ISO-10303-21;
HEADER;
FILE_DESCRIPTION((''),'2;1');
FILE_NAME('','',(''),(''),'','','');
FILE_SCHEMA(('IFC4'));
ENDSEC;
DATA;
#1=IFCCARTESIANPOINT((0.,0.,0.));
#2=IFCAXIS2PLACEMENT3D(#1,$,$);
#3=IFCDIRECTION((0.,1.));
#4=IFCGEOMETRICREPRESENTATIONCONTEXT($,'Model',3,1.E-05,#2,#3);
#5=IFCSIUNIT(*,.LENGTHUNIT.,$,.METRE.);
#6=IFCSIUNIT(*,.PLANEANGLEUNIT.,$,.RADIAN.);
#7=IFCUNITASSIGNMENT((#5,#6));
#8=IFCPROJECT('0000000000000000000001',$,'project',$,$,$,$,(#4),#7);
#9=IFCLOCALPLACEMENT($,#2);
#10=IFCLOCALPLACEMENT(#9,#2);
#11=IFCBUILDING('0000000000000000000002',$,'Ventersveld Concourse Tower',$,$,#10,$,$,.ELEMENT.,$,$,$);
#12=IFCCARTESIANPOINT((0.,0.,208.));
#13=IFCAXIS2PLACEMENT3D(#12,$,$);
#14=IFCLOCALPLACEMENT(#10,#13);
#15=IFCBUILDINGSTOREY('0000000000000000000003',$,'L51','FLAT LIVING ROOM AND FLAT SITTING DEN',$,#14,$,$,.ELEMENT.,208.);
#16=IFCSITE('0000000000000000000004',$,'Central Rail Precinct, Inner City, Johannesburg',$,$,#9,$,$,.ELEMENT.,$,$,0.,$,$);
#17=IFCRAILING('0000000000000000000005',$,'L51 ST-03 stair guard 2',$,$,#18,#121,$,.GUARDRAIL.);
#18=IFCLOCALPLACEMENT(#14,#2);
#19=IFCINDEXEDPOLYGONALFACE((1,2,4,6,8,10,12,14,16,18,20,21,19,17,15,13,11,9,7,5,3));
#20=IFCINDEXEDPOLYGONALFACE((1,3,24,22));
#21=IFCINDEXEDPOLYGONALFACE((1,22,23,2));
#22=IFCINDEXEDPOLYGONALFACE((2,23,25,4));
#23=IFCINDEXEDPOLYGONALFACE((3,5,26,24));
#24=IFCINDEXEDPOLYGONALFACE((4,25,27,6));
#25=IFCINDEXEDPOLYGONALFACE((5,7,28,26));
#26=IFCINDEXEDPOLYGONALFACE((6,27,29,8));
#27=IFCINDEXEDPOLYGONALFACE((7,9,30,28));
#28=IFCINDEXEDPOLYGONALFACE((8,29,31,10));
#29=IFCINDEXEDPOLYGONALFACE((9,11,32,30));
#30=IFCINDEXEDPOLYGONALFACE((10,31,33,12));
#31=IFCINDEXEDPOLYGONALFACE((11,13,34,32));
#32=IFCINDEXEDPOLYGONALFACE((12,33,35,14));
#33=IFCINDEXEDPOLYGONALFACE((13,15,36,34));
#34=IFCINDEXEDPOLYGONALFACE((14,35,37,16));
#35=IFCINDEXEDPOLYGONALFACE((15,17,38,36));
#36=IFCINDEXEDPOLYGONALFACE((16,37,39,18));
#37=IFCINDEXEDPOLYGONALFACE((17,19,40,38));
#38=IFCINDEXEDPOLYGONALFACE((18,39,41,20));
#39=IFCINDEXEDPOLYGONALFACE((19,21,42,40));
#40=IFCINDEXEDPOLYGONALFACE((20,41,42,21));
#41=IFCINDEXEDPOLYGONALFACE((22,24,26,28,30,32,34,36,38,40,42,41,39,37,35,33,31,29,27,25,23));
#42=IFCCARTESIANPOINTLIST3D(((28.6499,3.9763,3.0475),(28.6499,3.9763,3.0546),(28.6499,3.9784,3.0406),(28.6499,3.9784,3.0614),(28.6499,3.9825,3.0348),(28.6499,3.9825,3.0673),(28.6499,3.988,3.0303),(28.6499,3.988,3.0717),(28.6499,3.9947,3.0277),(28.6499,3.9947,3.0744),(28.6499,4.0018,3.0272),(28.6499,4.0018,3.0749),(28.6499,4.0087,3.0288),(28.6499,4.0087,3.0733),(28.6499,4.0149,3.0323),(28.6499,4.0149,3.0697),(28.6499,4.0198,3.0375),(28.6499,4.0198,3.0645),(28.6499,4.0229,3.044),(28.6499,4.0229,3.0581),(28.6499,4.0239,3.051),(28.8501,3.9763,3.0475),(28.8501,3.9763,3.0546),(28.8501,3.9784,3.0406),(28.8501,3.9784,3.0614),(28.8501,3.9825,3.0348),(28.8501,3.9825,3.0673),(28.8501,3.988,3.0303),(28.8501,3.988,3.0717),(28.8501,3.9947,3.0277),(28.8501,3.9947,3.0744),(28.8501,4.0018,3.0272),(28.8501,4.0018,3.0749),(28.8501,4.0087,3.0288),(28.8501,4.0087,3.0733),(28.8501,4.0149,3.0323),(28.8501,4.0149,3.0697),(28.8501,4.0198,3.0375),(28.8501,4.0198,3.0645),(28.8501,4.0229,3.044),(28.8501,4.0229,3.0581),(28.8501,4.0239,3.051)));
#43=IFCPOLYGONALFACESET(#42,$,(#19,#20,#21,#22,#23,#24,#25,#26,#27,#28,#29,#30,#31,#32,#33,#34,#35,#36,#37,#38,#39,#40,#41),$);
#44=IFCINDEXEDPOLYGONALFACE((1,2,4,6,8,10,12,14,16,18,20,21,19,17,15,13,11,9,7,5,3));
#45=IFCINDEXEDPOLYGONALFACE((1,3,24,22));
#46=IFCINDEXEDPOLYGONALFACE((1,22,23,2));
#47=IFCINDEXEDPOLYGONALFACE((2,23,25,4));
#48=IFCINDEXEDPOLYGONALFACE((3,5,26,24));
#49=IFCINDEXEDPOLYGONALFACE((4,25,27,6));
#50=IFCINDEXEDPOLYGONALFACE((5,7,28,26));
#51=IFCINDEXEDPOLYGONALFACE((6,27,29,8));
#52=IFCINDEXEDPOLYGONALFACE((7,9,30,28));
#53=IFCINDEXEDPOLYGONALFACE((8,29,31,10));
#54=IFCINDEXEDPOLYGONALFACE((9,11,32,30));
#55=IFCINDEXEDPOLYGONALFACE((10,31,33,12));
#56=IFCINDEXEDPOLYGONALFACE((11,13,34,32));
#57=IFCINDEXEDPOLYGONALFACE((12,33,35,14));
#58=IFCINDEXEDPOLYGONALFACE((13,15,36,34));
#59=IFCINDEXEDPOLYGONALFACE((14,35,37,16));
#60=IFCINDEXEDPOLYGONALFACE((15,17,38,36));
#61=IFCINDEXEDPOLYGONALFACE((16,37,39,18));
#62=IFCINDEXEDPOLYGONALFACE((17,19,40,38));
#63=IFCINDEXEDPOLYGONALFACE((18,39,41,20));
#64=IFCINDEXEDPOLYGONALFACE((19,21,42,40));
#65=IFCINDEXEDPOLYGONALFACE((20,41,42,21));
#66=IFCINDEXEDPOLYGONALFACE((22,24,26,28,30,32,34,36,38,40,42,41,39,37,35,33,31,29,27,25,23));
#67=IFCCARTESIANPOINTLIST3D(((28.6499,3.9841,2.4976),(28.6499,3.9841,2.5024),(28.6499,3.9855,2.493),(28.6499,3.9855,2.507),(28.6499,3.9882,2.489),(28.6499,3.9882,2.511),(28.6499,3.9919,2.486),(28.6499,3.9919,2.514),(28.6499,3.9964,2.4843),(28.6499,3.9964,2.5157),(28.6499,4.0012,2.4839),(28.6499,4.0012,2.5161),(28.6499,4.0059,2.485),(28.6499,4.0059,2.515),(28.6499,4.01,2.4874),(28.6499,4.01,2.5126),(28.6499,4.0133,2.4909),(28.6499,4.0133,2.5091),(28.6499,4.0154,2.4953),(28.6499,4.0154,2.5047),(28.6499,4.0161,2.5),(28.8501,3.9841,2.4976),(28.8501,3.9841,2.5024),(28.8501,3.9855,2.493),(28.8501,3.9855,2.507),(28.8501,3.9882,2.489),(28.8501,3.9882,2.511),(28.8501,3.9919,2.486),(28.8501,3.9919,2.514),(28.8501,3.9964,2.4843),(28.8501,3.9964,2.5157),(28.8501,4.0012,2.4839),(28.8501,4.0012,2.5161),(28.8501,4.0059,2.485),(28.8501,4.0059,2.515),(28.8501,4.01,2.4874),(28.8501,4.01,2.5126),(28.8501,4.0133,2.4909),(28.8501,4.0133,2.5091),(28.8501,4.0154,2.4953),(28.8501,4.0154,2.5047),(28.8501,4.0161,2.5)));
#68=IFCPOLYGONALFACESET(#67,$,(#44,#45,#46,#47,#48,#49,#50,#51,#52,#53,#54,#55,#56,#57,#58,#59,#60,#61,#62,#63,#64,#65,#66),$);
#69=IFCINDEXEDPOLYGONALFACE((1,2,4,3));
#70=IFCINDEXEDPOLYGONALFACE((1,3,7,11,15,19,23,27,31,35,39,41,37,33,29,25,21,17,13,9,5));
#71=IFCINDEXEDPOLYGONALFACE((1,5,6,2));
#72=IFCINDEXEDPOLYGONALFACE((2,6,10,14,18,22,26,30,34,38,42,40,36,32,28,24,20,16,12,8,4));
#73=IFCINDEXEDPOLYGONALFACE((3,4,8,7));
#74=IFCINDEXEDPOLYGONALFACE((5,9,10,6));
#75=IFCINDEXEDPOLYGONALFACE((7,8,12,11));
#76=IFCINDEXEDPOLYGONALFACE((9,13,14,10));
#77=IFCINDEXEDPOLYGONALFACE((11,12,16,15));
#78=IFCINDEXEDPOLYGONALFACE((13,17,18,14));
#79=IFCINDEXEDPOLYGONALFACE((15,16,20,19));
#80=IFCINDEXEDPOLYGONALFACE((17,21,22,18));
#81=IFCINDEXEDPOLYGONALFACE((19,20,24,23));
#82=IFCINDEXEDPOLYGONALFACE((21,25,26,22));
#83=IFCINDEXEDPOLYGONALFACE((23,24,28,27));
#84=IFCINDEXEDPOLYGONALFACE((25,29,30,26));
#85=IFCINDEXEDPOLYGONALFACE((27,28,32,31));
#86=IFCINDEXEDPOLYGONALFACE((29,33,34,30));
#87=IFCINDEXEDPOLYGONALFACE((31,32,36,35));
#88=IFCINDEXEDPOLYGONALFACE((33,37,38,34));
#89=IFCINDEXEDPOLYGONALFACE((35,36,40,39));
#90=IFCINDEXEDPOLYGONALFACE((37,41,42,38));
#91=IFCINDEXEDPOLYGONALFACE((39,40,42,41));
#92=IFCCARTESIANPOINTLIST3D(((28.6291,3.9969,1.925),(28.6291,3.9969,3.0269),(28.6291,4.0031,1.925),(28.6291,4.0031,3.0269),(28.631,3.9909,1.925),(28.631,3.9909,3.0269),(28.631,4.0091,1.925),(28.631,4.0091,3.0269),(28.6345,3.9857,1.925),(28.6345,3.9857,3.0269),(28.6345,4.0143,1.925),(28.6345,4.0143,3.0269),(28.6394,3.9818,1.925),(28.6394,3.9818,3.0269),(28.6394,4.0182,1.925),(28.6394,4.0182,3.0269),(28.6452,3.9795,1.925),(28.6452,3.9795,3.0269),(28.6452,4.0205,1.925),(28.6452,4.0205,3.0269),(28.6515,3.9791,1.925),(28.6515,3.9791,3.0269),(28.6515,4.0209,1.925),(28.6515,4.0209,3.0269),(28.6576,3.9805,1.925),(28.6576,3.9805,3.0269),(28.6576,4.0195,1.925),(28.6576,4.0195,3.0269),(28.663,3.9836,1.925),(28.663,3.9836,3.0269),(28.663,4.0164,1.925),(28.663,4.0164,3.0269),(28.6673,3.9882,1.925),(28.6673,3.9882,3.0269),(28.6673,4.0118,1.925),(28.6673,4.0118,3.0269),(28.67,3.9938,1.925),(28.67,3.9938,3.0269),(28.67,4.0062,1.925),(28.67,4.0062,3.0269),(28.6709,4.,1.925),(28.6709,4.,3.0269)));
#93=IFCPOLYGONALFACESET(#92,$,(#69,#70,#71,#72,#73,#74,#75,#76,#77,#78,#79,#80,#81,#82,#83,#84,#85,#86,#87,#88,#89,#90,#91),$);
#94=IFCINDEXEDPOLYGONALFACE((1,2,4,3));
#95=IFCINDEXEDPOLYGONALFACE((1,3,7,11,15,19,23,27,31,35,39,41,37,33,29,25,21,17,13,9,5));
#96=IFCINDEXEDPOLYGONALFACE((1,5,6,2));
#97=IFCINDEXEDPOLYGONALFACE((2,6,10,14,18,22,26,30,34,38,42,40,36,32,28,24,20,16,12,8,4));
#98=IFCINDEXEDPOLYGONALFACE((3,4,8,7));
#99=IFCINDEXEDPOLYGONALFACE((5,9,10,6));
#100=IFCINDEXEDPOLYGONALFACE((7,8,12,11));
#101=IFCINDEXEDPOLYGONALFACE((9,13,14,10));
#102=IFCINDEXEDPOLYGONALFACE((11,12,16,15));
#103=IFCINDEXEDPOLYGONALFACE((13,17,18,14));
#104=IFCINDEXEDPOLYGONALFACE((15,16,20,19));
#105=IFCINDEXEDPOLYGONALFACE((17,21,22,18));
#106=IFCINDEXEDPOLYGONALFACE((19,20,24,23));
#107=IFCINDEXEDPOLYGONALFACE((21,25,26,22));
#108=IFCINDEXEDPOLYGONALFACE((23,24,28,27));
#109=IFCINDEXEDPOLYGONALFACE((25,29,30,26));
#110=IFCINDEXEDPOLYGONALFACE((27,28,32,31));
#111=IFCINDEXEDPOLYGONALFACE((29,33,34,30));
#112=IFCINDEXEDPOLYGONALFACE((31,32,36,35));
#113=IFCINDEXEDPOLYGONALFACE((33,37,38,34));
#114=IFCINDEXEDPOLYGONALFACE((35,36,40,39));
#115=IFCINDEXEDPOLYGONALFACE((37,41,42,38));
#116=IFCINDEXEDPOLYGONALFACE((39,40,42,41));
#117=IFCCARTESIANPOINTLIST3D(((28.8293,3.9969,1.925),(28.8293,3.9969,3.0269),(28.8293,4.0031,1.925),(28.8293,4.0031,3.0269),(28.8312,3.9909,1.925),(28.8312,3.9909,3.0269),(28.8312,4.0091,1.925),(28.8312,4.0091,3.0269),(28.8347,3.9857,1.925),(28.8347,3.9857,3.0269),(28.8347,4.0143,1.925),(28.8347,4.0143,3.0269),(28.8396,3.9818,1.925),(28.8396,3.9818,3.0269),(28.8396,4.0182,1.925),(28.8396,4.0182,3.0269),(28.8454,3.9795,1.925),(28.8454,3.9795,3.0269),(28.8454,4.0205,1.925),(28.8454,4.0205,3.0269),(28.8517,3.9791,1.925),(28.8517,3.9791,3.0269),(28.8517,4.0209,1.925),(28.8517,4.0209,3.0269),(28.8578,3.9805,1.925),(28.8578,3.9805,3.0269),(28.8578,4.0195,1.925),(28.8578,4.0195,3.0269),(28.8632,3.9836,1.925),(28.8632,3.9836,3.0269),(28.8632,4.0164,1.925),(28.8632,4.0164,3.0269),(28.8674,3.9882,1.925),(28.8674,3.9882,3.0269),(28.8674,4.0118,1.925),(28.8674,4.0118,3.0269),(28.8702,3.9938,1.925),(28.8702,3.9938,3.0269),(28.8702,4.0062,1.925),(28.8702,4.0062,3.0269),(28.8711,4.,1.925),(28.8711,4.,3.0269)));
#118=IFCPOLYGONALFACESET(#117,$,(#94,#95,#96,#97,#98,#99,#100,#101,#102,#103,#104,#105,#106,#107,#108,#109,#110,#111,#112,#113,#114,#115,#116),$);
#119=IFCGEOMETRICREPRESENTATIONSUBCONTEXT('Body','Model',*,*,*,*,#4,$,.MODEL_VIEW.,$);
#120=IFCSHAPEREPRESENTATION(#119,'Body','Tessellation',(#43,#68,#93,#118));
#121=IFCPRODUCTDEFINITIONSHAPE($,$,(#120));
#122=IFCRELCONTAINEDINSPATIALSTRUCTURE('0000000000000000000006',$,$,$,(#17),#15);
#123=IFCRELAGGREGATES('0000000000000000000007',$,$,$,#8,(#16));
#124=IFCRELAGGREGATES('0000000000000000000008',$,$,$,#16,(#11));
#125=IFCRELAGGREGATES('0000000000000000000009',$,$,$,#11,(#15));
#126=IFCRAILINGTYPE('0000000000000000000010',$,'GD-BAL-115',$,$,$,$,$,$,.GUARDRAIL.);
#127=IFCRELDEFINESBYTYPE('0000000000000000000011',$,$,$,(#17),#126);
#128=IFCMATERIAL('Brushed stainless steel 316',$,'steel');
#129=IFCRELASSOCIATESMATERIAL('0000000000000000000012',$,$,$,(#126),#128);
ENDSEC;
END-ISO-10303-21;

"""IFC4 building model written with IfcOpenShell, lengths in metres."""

from ifc_helpers import new_model, si_unit, direction, frame, origin, origin_2d, place, context, subcontext, project, spatial, circle, extrude, material, type_object, element, save


model = new_model("IFC4")

# Units and contexts
model_context = context("Model", 3, precision=1e-05, world=origin(), true_north=direction((0.0, 1.0)))
body_context = subcontext(model_context, "Body", "Model", "MODEL_VIEW")
ifc_project = project(units=[si_unit("LENGTHUNIT", "METRE"), si_unit("PLANEANGLEUNIT", "RADIAN")], contexts=[model_context])

# Site, building, storey
site_placement = place(None, origin())
site = spatial("IfcSite", under=ifc_project, at=site_placement, Name="Central Rail Precinct, Inner City, Johannesburg", CompositionType="ELEMENT", RefElevation=0.0)
building_placement = place(site_placement, origin())
building = spatial("IfcBuilding", under=site, at=building_placement, Name="Ventersveld Concourse Tower", CompositionType="ELEMENT")
storey_placement = place(building_placement, frame((0.0, 0.0, 208.0)))
storey = spatial("IfcBuildingStorey", under=building, at=storey_placement, Name="L51", Description="FLAT LIVING ROOM AND FLAT SITTING DEN", CompositionType="ELEMENT", Elevation=208.0)

# Shared definitions
ifc_material_1 = material(Name="Brushed stainless steel 316", Category="steel")

# Railing
railing_type_1 = type_object("IfcRailingType", Name="GD-BAL-115", PredefinedType="GUARDRAIL", material=ifc_material_1)
railing_1_placement = place(storey_placement, frame((28.6499, 4.0, 1.925)))
element("IfcRailing", 1, at=railing_1_placement, inside=storey, type_object=railing_type_1, Name="L51 ST-03 stair guard 2", PredefinedType="GUARDRAIL", context=body_context, shape_type="SweptSolid", body=[
    extrude(circle(Radius=0.0239, at=origin_2d()), frame((0.0, 0.0, 1.126), z_axis=(1.0, 0.0, 0.0), x_axis=(0.0, 1.0, 0.0)), (0.0, 0.0, 1.0), 0.2002),
    extrude(circle(Radius=0.0161, at=origin_2d()), frame((0.0, 0.0, 0.575), z_axis=(1.0, 0.0, 0.0), x_axis=(0.0, 1.0, 0.0)), (0.0, 0.0, 1.0), 0.2002),
    extrude(circle(Radius=0.021, at=origin_2d()), origin(), (0.0, 0.0, 1.0), 1.1018),
    extrude(circle(Radius=0.021, at=origin_2d()), frame((0.2002, 0.0, 0.0)), (0.0, 0.0, 1.0), 1.1018),
])

save(model, "model.ifc")
